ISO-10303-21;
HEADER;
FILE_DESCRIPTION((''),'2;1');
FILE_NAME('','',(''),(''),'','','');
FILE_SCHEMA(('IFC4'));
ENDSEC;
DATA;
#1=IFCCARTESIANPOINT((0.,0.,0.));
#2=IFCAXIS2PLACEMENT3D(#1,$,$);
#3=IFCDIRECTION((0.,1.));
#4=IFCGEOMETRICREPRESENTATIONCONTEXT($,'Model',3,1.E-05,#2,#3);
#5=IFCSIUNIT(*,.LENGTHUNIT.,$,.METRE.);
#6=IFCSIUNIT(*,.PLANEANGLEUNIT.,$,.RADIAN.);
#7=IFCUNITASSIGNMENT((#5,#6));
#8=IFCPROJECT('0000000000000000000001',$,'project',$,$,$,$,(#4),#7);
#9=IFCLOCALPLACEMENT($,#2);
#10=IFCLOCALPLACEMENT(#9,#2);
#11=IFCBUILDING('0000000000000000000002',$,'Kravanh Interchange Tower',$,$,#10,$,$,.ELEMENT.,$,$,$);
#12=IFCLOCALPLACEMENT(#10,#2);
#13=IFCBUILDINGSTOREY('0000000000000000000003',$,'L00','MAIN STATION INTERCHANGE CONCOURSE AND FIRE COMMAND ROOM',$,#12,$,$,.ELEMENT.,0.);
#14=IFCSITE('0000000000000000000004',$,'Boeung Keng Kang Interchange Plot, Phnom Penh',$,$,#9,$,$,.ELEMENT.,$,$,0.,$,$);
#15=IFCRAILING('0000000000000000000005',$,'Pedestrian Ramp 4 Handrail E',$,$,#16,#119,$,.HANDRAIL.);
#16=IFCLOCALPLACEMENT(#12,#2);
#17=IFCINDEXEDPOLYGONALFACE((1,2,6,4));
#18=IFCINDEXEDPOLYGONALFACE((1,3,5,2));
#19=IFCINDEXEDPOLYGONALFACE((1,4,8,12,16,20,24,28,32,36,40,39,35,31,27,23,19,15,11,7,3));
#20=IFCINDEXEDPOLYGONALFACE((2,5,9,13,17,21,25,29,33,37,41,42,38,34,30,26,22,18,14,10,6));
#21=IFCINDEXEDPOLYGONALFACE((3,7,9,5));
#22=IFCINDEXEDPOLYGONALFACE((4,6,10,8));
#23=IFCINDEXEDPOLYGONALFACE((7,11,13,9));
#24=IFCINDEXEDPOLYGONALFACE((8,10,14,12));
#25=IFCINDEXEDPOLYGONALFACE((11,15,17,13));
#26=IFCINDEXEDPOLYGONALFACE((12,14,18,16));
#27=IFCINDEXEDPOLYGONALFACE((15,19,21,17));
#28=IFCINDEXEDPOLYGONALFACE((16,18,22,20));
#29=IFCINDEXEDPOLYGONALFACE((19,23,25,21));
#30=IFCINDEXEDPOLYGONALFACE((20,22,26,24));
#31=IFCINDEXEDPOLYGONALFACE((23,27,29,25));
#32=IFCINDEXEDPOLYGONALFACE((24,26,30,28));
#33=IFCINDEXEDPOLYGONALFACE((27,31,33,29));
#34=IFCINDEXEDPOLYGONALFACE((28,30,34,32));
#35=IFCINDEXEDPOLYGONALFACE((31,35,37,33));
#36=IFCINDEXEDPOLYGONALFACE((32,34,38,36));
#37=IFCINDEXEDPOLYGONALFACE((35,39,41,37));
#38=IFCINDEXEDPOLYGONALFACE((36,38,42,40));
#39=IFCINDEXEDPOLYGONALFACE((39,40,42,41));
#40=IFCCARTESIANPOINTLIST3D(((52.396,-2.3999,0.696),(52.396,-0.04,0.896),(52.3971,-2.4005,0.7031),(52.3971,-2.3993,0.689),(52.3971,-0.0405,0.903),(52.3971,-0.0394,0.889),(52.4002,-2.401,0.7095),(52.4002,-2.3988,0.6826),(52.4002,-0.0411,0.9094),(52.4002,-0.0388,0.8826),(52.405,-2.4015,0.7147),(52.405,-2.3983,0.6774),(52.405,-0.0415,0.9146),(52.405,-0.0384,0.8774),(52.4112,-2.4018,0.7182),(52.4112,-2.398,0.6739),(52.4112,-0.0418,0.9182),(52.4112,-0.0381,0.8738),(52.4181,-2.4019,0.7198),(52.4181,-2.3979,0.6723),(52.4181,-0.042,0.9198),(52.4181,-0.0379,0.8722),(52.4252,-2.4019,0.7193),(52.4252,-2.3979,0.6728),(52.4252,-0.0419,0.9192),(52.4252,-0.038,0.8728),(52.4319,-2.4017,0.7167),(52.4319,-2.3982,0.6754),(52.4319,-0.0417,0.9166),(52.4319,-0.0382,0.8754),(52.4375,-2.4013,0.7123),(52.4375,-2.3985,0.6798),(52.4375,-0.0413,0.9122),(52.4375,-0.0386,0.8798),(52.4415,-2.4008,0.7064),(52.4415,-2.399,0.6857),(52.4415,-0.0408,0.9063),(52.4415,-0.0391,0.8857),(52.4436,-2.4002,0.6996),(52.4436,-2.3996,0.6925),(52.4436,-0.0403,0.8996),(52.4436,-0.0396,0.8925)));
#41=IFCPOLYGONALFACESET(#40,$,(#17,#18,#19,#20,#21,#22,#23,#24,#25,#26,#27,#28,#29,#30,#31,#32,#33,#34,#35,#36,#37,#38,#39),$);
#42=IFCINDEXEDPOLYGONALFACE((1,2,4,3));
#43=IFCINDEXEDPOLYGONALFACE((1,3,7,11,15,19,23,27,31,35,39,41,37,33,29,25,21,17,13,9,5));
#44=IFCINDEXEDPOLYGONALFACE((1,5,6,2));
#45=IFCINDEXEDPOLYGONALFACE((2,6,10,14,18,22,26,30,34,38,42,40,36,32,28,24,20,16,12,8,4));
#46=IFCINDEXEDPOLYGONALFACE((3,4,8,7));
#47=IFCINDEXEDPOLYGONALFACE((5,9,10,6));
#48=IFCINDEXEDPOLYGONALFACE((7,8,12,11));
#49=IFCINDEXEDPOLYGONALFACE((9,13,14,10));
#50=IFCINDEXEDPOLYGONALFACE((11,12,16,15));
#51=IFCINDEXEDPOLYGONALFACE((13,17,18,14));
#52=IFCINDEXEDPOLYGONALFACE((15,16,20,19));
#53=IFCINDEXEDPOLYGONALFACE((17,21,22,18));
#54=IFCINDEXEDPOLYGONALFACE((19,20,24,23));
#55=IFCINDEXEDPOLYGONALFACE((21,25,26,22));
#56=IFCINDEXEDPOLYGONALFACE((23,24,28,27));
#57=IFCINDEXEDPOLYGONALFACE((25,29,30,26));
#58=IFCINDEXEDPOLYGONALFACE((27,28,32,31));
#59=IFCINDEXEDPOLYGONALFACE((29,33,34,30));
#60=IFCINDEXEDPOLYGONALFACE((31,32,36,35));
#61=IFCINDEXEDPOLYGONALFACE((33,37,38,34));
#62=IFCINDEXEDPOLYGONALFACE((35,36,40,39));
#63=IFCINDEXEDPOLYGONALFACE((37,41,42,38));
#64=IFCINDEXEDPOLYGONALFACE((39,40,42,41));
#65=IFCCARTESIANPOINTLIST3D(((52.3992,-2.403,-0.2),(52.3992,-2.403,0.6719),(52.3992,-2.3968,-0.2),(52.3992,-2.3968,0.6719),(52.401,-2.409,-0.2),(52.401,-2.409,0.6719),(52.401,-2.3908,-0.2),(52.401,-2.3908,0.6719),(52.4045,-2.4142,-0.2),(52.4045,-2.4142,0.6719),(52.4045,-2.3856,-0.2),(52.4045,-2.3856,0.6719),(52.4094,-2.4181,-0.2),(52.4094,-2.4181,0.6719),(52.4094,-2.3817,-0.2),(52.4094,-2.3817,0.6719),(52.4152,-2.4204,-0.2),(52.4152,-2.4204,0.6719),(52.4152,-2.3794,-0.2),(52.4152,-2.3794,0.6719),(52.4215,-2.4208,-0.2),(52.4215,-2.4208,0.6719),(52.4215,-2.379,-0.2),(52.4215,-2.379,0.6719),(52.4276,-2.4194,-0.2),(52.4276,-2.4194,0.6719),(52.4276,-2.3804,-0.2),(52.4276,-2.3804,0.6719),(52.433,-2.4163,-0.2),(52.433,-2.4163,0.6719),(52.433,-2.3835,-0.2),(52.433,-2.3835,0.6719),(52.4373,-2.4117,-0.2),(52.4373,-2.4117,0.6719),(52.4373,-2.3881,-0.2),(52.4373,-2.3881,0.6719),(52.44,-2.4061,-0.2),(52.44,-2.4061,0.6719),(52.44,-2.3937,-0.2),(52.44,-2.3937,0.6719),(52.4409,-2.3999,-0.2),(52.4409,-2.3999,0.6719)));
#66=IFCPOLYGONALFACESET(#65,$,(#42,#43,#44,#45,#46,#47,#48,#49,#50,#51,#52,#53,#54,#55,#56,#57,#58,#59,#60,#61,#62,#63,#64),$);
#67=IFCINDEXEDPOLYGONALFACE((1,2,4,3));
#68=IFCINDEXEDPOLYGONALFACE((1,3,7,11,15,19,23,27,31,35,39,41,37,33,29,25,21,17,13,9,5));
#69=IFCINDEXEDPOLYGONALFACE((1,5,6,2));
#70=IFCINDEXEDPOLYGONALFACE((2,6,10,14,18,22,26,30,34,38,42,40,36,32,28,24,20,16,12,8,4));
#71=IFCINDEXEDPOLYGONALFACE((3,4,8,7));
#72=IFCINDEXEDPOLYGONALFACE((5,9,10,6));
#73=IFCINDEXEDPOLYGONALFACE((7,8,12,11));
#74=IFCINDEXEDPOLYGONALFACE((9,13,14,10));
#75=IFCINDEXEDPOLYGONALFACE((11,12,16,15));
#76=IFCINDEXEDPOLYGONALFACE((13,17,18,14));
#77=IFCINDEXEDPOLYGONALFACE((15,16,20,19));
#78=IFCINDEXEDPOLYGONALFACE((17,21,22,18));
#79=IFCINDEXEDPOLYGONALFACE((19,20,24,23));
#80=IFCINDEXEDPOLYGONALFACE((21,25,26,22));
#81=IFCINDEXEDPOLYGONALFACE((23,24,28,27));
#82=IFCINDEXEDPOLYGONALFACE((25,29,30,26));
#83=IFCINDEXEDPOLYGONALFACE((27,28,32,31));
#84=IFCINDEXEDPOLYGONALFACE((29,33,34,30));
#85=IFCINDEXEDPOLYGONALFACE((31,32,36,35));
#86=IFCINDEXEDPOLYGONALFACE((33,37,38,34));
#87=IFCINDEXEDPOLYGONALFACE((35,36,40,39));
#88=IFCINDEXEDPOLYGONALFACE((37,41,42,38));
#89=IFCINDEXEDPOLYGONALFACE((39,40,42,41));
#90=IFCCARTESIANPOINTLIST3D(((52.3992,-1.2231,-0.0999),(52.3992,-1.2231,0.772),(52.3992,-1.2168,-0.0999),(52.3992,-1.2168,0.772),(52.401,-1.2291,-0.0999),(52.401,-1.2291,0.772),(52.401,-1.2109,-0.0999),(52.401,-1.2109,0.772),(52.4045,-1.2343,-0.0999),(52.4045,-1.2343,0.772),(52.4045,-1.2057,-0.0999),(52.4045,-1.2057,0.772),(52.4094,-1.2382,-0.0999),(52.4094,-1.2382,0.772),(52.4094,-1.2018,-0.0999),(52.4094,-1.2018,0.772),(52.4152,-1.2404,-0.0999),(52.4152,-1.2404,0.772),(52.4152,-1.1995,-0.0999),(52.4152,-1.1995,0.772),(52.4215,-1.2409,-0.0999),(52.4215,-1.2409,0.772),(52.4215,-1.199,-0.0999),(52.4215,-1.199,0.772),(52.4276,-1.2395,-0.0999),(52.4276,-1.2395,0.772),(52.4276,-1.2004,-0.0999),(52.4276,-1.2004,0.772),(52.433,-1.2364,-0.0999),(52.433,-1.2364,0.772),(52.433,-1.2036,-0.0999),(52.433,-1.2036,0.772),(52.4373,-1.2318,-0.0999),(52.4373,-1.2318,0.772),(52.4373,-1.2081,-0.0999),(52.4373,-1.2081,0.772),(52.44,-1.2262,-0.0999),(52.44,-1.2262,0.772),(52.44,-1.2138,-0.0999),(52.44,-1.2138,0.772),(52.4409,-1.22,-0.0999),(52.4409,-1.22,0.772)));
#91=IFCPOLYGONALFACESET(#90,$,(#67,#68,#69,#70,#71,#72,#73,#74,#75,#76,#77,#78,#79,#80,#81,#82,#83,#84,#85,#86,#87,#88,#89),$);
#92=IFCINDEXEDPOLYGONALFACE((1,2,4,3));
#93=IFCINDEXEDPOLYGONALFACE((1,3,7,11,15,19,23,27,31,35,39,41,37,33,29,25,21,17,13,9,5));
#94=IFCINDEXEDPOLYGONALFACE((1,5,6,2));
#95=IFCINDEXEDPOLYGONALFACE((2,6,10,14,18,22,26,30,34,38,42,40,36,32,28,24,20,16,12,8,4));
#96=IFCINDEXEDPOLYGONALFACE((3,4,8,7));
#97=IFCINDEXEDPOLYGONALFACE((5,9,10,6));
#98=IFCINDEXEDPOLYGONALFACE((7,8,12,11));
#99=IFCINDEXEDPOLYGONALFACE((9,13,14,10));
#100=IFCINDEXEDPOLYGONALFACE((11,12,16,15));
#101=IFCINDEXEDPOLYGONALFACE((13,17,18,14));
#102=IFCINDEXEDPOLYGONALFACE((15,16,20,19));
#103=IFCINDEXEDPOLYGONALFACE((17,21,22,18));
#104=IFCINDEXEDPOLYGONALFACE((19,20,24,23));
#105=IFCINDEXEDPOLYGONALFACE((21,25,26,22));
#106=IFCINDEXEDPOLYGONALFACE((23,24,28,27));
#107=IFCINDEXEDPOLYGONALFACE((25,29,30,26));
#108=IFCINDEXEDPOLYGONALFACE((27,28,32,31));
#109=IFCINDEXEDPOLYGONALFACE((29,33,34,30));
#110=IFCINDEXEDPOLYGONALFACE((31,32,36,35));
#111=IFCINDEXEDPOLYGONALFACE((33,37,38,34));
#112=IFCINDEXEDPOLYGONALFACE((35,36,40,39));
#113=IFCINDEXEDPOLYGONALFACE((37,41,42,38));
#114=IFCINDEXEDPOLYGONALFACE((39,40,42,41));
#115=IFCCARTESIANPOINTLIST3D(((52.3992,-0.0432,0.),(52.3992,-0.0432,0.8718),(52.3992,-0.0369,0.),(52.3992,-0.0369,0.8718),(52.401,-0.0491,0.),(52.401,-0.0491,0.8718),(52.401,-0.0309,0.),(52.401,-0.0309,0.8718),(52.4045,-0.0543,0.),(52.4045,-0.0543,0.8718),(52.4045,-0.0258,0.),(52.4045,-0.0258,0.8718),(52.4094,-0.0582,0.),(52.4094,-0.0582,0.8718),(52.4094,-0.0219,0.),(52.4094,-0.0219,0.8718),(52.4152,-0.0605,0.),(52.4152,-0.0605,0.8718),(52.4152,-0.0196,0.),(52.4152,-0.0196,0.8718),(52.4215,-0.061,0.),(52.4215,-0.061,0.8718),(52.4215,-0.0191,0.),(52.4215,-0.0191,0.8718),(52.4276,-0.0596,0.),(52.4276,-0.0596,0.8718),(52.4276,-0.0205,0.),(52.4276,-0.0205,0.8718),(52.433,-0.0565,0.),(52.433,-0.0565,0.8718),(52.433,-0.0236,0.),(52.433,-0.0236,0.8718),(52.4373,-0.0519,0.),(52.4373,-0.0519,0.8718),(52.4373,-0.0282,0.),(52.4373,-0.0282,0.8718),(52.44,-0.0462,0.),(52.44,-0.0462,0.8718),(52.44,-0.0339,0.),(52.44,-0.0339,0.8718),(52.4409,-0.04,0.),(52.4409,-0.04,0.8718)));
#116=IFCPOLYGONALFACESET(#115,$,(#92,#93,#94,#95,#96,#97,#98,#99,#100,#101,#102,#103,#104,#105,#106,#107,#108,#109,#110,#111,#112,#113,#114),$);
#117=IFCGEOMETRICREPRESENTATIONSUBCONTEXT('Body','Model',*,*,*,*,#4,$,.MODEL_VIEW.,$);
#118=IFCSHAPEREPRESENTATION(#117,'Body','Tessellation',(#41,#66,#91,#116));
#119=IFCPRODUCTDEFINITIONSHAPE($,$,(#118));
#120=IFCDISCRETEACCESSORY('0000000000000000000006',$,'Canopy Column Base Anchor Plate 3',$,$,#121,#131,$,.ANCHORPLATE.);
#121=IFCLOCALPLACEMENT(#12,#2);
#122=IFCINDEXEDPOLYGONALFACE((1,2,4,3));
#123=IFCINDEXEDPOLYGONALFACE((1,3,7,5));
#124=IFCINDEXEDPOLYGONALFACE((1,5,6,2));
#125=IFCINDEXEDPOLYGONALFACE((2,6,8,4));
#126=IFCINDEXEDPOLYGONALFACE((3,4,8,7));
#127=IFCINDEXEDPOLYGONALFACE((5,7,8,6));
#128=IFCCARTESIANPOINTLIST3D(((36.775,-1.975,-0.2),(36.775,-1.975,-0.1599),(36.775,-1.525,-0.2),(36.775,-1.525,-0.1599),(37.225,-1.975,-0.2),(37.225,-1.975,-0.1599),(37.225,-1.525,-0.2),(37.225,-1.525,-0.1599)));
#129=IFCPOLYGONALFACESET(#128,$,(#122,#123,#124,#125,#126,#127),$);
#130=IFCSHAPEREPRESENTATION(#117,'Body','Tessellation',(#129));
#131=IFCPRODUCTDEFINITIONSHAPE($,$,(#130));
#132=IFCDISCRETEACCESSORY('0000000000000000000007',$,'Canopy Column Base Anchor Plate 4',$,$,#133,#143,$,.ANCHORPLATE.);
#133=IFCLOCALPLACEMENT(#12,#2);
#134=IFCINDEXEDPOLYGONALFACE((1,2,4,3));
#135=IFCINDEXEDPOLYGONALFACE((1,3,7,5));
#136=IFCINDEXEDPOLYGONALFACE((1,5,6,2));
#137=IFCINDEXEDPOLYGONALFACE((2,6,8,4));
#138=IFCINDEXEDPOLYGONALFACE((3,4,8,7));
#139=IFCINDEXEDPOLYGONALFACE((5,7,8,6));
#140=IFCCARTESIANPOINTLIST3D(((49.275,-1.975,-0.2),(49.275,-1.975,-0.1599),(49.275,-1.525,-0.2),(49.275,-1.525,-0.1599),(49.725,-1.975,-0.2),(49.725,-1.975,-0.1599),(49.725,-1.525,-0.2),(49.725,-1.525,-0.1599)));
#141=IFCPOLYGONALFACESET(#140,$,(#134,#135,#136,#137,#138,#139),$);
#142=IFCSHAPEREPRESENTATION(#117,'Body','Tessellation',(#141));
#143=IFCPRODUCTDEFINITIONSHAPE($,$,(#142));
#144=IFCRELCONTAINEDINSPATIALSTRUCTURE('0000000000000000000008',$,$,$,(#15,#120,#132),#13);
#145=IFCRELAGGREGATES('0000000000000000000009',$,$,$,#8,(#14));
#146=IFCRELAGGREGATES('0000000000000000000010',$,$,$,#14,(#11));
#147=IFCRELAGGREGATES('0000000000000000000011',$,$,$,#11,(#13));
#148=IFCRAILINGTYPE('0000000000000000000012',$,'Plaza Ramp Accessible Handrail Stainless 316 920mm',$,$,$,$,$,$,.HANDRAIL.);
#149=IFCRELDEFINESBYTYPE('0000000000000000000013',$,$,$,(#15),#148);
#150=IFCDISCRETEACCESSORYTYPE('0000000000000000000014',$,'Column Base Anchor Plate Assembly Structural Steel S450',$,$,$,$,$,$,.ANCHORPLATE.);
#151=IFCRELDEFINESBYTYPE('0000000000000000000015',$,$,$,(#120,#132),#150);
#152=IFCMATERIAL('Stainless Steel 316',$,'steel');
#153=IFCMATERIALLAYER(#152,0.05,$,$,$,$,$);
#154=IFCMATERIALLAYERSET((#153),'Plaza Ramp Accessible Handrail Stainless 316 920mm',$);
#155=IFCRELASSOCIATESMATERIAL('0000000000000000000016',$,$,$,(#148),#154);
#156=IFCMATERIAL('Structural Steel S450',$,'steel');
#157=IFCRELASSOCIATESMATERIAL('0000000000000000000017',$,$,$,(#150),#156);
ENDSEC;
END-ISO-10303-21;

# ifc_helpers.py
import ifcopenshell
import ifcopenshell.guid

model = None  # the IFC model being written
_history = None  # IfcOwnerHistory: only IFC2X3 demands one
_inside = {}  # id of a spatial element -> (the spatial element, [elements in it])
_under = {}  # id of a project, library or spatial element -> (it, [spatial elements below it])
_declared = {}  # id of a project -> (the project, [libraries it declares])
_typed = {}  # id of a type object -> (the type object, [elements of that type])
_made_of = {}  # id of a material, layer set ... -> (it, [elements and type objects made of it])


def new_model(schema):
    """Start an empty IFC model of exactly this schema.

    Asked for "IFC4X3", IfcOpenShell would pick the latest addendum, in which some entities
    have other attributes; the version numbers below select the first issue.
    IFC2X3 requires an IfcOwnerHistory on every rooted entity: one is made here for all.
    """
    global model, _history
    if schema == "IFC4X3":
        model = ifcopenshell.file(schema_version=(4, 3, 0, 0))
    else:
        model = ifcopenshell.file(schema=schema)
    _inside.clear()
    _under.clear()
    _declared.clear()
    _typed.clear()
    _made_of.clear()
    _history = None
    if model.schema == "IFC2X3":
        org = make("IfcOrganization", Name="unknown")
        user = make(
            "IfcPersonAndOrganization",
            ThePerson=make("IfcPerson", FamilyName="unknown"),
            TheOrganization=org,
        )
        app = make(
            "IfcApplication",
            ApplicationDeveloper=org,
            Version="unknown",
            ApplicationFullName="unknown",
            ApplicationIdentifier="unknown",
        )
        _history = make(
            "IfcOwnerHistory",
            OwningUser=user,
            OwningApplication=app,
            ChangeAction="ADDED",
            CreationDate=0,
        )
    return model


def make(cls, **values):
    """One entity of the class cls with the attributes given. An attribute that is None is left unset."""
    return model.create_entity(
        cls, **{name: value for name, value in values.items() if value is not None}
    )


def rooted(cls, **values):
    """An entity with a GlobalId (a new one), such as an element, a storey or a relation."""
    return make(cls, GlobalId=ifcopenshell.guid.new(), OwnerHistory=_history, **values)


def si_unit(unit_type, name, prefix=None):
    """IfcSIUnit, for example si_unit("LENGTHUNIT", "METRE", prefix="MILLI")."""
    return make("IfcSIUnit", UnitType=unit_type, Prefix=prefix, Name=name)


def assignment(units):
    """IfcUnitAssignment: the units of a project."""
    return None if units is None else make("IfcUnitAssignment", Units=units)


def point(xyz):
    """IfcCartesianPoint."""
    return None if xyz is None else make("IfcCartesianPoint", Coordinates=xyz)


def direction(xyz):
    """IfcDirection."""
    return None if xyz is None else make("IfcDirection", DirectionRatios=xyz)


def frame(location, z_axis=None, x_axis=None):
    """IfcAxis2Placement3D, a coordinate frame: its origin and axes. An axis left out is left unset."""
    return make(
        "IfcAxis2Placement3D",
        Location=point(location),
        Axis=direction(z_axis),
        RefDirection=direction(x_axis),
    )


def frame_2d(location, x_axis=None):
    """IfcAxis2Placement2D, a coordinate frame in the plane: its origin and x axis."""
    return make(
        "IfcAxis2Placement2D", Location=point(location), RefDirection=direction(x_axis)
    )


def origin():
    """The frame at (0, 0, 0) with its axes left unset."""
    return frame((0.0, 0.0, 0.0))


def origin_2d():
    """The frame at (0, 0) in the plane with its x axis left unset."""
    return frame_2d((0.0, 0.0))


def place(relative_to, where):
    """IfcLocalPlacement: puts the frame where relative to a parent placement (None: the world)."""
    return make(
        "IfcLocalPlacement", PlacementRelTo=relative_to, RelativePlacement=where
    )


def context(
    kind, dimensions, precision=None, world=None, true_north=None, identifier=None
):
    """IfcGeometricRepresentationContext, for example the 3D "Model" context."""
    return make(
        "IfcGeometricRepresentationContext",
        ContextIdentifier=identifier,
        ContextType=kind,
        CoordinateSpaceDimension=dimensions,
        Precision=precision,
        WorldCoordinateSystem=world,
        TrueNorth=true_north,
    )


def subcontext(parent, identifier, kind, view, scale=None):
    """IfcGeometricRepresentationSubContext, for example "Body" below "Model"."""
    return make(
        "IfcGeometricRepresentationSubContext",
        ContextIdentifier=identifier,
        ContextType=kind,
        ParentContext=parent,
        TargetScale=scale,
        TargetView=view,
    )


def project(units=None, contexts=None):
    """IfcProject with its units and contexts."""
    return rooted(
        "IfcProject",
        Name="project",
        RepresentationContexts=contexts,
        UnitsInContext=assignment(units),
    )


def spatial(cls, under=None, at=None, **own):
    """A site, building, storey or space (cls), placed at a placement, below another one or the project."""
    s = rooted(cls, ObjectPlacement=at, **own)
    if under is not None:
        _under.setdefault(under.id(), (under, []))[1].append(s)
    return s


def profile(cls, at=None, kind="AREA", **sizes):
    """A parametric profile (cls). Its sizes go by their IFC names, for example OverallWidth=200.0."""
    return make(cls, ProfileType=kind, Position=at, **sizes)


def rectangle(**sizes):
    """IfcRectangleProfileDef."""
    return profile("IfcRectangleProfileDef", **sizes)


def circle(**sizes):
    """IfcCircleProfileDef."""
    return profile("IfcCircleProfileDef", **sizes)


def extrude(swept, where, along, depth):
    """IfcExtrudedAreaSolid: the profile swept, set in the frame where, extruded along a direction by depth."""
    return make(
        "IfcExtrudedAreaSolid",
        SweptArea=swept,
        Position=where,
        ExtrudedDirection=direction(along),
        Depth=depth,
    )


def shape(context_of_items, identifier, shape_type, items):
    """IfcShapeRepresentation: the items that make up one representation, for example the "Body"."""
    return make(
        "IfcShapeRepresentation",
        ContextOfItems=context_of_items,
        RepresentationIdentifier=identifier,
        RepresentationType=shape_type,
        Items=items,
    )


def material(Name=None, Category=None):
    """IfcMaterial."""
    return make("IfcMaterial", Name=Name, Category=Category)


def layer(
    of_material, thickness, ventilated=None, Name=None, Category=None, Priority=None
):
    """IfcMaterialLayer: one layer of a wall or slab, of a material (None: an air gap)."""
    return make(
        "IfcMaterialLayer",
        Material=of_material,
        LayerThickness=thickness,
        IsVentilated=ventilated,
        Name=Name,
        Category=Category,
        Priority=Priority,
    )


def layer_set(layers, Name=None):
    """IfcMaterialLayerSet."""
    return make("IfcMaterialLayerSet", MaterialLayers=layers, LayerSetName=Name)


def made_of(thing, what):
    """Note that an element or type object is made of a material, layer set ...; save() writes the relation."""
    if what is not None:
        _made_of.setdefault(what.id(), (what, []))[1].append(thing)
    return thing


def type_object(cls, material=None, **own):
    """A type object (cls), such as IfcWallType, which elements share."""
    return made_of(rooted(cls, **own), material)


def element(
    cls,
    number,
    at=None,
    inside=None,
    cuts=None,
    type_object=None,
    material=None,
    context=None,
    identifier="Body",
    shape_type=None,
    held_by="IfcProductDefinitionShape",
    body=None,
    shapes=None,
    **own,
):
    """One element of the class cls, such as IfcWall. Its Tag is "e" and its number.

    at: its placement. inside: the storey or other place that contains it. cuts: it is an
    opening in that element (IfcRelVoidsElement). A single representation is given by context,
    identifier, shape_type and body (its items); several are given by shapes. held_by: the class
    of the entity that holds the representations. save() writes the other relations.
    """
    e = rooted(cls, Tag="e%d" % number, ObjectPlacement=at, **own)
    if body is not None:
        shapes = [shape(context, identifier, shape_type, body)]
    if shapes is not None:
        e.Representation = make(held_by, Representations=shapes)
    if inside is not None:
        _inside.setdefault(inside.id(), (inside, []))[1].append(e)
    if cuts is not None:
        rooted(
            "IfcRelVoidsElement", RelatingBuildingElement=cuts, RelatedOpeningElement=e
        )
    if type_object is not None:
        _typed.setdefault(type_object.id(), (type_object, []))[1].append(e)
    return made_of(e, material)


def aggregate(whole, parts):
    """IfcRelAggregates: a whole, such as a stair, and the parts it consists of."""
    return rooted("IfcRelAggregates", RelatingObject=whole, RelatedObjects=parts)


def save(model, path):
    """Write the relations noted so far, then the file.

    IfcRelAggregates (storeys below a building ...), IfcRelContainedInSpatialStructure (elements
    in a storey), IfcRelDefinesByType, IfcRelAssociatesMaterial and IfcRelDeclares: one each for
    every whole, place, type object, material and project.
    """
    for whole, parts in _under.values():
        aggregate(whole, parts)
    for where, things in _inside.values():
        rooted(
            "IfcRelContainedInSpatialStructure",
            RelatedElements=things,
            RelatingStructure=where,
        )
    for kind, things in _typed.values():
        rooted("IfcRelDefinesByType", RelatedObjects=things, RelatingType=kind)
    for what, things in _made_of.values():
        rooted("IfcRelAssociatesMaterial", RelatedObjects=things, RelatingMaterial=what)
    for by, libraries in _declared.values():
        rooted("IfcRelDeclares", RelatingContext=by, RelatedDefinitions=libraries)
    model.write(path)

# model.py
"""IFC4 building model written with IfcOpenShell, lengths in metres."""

from ifc_helpers import new_model, si_unit, direction, frame, origin, origin_2d, place, context, subcontext, project, spatial, rectangle, circle, extrude, material, layer, layer_set, type_object, element, save


model = new_model("IFC4")

# Units and contexts
model_context = context("Model", 3, precision=1e-05, world=origin(), true_north=direction((0.0, 1.0)))
body_context = subcontext(model_context, "Body", "Model", "MODEL_VIEW")
ifc_project = project(units=[si_unit("LENGTHUNIT", "METRE"), si_unit("PLANEANGLEUNIT", "RADIAN")], contexts=[model_context])

# Site, building, storey
site_placement = place(None, origin())
site = spatial("IfcSite", under=ifc_project, at=site_placement, Name="Boeung Keng Kang Interchange Plot, Phnom Penh", CompositionType="ELEMENT", RefElevation=0.0)
building_placement = place(site_placement, origin())
building = spatial("IfcBuilding", under=site, at=building_placement, Name="Kravanh Interchange Tower", CompositionType="ELEMENT")
storey_placement = place(building_placement, origin())
storey = spatial("IfcBuildingStorey", under=building, at=storey_placement, Name="L00", Description="MAIN STATION INTERCHANGE CONCOURSE AND FIRE COMMAND ROOM", CompositionType="ELEMENT", Elevation=0.0)

# Railing
ifc_material_1 = material(Name="Stainless Steel 316", Category="steel")
ifc_layer_1 = layer(ifc_material_1, 0.05)
ifc_layer_set_1 = layer_set([ifc_layer_1], Name="Plaza Ramp Accessible Handrail Stainless 316 920mm")
railing_type = type_object("IfcRailingType", Name="Plaza Ramp Accessible Handrail Stainless 316 920mm", PredefinedType="HANDRAIL", material=ifc_layer_set_1)
for number, where, name in (
    (1, (52.4199, -2.3999, -0.2), "Pedestrian Ramp 4 Handrail E"),
):
    element("IfcRailing", number, at=place(storey_placement, frame(where)), inside=storey, type_object=railing_type, Name=name, PredefinedType="HANDRAIL", context=body_context, shape_type="SweptSolid", body=[
        extrude(circle(Radius=0.0239, at=origin_2d()), frame((0.0, 0.0, 0.896), z_axis=(0.0, 0.99643, 0.084427), x_axis=(-1.0, 0.0, 0.0)), (0.0, 0.0, 1.0), 2.3684),
        extrude(circle(Radius=0.021, at=origin_2d()), origin(), (0.0, 0.0, 1.0), 0.8718),
        extrude(circle(Radius=0.021, at=origin_2d()), frame((0.0, 1.1799, 0.1001)), (0.0, 0.0, 1.0), 0.8718),
        extrude(circle(Radius=0.021, at=origin_2d()), frame((0.0, 2.3599, 0.2)), (0.0, 0.0, 1.0), 0.8718),
    ])

# Discrete accessories
ifc_material_2 = material(Name="Structural Steel S450", Category="steel")
discrete_accessory_type = type_object("IfcDiscreteAccessoryType", Name="Column Base Anchor Plate Assembly Structural Steel S450", PredefinedType="ANCHORPLATE", material=ifc_material_2)
for number, where, z_axis, x_axis, name in (
    (2, (37.0, -1.75, -0.2), (0.0, 0.0, 1.0), (1.0, 0.0, 0.0), "Canopy Column Base Anchor Plate 3"),
    (3, (49.5, -1.75, -0.2), (0.0, 0.0, 1.0), (1.0, 0.0, 0.0), "Canopy Column Base Anchor Plate 4"),
):
    element("IfcDiscreteAccessory", number, at=place(storey_placement, frame(where, z_axis=z_axis, x_axis=x_axis)), inside=storey, type_object=discrete_accessory_type, Name=name, PredefinedType="ANCHORPLATE", context=body_context, shape_type="SweptSolid", body=[
        extrude(rectangle(XDim=0.45, YDim=0.45, at=origin_2d()), origin(), (0.0, 0.0, 1.0), 0.04),
    ])

save(model, "model.ifc")
